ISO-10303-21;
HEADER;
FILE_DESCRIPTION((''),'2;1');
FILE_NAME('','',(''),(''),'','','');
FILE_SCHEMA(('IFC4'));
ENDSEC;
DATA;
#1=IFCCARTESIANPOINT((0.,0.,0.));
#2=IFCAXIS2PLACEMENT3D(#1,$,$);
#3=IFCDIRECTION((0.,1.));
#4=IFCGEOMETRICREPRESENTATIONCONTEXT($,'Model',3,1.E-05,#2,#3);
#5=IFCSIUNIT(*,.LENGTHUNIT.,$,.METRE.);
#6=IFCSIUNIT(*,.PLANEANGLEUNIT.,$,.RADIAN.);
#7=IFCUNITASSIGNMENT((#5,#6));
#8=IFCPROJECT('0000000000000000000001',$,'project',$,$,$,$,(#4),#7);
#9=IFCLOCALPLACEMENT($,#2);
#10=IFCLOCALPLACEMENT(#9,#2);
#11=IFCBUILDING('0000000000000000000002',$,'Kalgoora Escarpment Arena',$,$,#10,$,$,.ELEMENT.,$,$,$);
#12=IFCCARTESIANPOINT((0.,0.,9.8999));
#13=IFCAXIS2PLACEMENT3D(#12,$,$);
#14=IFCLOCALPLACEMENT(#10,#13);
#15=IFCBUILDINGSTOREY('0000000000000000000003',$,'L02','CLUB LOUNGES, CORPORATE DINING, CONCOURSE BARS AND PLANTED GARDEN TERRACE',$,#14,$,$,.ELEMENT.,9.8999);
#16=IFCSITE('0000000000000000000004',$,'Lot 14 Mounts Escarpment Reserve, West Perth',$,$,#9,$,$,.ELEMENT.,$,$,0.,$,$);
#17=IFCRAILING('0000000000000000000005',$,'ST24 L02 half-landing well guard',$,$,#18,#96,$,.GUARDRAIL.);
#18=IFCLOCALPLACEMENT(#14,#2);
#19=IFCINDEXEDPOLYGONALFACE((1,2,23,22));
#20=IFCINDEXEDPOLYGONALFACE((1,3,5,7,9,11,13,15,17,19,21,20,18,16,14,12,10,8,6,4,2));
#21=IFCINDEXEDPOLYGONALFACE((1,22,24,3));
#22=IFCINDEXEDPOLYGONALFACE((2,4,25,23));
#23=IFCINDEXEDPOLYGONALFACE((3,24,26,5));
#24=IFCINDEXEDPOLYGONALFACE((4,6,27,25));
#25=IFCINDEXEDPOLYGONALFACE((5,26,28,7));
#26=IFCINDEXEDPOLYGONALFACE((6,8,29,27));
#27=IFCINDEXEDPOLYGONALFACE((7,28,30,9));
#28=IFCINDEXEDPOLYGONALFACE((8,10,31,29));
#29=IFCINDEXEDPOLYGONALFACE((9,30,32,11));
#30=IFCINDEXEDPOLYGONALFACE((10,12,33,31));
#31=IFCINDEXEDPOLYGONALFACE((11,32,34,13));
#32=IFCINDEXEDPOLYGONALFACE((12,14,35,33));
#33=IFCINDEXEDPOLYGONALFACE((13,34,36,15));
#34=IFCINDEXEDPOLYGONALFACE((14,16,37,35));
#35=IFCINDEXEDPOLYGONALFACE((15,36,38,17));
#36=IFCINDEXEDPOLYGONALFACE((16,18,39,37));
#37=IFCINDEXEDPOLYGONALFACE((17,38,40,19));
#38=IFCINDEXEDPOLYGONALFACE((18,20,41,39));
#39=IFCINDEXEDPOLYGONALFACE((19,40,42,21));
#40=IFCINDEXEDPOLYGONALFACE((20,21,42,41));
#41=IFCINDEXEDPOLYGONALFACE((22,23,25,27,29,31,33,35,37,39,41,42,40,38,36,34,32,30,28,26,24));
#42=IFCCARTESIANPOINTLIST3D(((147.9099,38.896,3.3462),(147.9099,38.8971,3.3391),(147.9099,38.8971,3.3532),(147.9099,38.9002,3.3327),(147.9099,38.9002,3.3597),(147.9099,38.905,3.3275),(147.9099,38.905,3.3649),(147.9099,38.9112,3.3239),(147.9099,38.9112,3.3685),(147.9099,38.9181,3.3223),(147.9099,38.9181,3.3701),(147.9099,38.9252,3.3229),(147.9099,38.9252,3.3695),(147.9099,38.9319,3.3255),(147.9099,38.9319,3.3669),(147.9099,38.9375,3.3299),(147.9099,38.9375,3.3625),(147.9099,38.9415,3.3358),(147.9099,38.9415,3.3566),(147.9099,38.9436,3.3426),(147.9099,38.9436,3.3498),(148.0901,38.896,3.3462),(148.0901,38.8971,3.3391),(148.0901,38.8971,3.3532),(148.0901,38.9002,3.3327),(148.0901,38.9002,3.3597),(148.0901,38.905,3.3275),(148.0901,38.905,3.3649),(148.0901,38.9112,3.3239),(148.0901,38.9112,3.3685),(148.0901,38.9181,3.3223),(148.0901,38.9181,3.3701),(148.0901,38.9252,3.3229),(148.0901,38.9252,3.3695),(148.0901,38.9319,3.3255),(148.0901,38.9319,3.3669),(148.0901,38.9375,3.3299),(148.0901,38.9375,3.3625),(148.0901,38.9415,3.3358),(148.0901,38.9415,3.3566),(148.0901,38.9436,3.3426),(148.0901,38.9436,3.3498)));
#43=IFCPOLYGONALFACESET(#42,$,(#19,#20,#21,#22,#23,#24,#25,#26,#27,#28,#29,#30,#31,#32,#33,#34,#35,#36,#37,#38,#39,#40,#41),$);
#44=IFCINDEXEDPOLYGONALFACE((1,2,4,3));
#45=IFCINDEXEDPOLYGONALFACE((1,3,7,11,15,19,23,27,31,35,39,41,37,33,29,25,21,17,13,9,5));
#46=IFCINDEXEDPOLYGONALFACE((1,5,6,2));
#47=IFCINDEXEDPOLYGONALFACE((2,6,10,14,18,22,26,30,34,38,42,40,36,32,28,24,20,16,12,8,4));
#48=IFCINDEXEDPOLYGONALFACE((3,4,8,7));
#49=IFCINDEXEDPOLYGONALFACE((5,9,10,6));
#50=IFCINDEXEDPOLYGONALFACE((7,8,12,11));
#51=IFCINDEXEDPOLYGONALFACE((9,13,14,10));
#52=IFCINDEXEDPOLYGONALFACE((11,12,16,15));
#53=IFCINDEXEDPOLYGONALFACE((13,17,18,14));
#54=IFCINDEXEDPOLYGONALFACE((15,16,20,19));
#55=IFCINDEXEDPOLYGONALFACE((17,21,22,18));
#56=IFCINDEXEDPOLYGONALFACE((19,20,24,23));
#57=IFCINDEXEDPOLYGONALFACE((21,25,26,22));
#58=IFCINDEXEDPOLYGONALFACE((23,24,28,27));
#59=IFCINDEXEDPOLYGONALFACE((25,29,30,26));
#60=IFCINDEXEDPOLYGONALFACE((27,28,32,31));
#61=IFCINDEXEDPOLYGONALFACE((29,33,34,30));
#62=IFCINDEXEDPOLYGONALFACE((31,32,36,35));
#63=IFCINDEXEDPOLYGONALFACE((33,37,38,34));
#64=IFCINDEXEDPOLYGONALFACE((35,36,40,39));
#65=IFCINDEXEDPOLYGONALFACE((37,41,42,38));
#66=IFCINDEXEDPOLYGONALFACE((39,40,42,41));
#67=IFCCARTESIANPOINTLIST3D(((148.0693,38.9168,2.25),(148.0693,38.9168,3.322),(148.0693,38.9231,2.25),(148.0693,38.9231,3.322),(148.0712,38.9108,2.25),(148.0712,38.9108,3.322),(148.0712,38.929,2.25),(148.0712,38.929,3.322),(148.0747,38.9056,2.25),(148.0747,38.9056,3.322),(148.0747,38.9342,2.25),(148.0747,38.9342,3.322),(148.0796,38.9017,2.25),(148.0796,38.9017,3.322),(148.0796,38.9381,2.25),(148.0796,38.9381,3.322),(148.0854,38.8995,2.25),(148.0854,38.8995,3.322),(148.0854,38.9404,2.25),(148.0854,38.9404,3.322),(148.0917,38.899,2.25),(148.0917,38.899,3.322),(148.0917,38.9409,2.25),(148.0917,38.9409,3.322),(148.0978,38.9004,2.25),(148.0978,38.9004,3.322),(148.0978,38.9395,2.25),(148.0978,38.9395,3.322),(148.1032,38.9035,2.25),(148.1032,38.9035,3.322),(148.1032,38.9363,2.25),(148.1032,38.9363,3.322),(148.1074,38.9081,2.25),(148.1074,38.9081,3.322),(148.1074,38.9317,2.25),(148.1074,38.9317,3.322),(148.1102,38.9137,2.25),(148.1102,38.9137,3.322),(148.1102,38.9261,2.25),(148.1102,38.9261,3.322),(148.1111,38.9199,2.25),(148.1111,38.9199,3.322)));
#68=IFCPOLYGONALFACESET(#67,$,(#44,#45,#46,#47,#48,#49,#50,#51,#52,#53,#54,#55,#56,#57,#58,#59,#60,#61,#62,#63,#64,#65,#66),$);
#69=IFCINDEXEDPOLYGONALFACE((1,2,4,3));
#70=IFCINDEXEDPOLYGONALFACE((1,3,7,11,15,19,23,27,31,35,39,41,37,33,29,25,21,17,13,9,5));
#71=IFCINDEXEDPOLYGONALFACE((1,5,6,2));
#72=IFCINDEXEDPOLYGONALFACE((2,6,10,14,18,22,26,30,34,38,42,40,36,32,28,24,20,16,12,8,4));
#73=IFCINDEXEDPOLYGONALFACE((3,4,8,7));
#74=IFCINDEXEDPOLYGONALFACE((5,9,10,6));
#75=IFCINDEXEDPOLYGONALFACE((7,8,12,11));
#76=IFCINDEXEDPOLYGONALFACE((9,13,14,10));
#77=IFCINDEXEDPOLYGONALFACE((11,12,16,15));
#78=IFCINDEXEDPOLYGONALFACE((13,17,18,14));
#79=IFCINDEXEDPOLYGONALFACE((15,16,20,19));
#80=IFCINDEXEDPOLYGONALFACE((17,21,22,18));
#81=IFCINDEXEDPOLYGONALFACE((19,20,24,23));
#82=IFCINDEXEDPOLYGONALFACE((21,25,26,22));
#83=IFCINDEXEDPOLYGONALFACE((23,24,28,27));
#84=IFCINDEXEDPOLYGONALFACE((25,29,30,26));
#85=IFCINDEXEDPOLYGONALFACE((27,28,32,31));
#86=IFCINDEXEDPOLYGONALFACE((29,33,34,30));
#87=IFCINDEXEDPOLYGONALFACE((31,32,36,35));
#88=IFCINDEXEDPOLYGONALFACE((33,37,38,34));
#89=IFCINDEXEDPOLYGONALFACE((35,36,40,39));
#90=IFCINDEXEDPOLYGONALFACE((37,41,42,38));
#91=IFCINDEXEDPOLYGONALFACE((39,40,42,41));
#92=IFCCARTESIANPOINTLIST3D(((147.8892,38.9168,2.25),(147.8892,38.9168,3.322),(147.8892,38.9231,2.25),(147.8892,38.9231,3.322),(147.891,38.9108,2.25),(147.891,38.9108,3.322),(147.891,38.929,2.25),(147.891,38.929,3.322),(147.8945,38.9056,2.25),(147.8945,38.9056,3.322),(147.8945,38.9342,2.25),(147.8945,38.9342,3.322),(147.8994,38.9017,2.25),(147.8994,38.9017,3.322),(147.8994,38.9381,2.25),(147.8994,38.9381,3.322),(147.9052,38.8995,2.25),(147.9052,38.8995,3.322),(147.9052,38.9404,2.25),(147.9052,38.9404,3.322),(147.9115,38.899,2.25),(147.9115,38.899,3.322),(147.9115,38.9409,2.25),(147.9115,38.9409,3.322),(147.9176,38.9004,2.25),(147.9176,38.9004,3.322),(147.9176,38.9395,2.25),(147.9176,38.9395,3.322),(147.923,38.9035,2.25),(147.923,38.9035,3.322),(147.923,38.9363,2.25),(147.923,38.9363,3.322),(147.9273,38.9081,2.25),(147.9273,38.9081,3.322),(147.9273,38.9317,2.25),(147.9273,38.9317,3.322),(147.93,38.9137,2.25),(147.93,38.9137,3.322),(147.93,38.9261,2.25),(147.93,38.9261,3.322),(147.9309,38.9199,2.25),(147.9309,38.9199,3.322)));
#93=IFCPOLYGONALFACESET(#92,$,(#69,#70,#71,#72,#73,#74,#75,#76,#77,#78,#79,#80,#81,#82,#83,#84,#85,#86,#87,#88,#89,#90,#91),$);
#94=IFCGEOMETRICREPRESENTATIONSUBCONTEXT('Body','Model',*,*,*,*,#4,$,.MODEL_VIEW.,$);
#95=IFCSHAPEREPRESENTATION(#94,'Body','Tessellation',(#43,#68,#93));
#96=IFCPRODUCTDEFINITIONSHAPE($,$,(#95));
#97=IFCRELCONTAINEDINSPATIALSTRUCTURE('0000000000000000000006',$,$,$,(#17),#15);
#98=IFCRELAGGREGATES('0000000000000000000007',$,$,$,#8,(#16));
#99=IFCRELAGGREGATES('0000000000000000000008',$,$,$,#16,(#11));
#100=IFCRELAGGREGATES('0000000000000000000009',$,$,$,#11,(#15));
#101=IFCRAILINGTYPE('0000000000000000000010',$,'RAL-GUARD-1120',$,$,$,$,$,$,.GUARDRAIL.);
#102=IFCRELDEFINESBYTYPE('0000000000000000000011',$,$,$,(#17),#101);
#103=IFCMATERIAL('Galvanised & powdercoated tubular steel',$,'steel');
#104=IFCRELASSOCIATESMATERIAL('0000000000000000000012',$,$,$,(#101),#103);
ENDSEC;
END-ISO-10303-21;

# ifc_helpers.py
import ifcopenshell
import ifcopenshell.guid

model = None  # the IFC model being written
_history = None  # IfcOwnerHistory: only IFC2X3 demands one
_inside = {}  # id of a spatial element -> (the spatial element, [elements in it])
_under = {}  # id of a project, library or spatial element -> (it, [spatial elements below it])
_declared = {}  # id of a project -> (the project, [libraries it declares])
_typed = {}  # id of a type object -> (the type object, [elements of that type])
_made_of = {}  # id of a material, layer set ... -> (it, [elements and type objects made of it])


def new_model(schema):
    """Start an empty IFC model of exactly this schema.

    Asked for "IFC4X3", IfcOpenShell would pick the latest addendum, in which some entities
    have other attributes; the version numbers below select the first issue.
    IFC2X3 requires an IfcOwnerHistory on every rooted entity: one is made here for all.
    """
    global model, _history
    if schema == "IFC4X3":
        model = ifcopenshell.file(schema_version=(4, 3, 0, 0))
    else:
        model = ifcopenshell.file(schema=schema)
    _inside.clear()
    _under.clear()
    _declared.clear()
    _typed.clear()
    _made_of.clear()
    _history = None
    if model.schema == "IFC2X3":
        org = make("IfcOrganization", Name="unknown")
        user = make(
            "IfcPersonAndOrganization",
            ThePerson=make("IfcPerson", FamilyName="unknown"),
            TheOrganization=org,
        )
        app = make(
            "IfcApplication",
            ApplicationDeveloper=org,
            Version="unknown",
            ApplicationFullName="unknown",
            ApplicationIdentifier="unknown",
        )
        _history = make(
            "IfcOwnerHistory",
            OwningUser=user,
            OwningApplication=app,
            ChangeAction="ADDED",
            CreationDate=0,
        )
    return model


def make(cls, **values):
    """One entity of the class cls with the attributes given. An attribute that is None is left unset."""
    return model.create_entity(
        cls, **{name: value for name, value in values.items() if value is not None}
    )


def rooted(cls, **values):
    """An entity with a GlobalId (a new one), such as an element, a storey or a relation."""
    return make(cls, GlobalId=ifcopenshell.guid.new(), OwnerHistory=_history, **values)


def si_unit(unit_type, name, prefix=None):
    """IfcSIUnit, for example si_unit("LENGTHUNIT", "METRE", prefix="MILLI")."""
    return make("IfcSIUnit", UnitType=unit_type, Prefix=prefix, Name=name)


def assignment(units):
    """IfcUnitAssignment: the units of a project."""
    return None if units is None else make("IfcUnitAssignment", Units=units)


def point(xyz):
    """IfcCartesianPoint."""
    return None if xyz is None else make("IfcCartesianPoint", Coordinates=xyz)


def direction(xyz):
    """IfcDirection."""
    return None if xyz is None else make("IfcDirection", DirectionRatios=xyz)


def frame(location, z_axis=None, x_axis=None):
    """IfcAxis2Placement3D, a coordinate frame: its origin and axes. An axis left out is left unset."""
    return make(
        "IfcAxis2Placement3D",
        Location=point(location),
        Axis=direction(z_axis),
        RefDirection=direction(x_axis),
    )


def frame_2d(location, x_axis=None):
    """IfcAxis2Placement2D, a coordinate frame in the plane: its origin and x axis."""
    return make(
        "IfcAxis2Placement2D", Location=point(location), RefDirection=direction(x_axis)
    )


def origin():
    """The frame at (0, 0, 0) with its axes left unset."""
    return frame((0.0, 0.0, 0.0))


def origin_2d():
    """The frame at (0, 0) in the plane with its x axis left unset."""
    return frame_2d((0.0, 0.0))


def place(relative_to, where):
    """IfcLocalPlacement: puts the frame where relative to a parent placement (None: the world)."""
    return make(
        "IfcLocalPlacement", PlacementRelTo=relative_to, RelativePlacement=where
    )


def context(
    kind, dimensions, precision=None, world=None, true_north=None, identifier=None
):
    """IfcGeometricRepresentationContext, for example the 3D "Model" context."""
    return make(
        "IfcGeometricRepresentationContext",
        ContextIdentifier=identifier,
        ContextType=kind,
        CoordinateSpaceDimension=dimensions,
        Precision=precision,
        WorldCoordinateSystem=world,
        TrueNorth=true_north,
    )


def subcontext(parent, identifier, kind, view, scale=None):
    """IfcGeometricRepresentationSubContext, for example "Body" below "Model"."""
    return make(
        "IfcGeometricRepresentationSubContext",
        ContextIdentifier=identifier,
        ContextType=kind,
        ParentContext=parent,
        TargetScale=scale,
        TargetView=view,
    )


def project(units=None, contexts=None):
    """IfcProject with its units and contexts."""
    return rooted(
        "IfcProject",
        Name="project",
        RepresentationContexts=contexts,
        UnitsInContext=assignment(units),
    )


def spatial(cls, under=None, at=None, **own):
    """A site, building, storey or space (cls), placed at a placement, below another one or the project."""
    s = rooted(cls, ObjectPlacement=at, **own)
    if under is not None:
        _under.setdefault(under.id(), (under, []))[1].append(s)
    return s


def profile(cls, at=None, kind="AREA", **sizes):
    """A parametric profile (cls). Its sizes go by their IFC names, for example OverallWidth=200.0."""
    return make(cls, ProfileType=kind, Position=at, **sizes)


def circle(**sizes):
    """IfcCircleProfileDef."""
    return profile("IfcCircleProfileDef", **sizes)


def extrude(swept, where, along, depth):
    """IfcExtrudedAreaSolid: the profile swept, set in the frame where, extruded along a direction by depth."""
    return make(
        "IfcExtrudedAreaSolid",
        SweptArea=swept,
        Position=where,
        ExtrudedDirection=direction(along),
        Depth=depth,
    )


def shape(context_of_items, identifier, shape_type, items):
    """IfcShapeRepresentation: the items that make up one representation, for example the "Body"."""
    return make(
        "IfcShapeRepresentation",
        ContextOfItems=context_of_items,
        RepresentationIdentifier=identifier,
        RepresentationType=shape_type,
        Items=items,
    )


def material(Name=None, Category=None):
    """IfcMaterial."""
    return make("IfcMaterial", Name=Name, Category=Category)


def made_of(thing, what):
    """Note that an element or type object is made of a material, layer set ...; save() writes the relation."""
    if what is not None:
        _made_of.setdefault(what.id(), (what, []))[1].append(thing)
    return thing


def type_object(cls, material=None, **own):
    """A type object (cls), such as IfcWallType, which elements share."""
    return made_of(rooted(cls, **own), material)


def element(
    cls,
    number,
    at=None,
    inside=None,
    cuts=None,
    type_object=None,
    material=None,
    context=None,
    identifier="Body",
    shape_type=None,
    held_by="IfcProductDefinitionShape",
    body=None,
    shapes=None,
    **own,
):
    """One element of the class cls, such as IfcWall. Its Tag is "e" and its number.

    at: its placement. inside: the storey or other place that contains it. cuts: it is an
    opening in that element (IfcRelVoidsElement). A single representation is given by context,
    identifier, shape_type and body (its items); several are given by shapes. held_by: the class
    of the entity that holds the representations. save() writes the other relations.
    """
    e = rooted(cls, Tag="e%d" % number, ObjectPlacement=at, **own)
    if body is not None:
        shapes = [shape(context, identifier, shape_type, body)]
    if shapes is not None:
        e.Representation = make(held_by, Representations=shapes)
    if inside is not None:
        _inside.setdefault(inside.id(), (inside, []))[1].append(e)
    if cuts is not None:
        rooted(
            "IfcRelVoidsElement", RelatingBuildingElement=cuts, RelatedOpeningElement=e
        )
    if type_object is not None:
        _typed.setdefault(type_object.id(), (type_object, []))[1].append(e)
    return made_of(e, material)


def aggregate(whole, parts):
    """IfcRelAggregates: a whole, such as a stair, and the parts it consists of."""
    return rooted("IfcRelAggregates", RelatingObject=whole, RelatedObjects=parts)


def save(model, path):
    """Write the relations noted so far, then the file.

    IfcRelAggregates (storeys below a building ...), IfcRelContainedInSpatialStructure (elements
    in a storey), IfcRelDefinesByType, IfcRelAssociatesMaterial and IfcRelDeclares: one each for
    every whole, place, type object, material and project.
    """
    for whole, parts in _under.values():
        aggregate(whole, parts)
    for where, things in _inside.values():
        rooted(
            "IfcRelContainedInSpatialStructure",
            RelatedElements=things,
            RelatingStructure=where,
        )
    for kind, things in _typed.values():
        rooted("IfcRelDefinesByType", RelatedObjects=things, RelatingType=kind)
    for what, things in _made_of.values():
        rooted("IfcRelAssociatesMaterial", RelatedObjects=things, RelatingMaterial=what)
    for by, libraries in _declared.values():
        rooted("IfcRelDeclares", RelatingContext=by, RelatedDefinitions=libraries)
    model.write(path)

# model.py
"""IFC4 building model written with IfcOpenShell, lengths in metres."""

from ifc_helpers import new_model, si_unit, direction, frame, origin, origin_2d, place, context, subcontext, project, spatial, circle, extrude, material, type_object, element, save


model = new_model("IFC4")

# Units and contexts
model_context = context("Model", 3, precision=1e-05, world=origin(), true_north=direction((0.0, 1.0)))
body_context = subcontext(model_context, "Body", "Model", "MODEL_VIEW")
ifc_project = project(units=[si_unit("LENGTHUNIT", "METRE"), si_unit("PLANEANGLEUNIT", "RADIAN")], contexts=[model_context])

# Site, building, storey
site_placement = place(None, origin())
site = spatial("IfcSite", under=ifc_project, at=site_placement, Name="Lot 14 Mounts Escarpment Reserve, West Perth", CompositionType="ELEMENT", RefElevation=0.0)
building_placement = place(site_placement, origin())
building = spatial("IfcBuilding", under=site, at=building_placement, Name="Kalgoora Escarpment Arena", CompositionType="ELEMENT")
storey_placement = place(building_placement, frame((0.0, 0.0, 9.8999)))
storey = spatial("IfcBuildingStorey", under=building, at=storey_placement, Name="L02", Description="CLUB LOUNGES, CORPORATE DINING, CONCOURSE BARS AND PLANTED GARDEN TERRACE", CompositionType="ELEMENT", Elevation=9.8999)

# Railing
ifc_material_1 = material(Name="Galvanised & powdercoated tubular steel", Category="steel")
railing_type_1 = type_object("IfcRailingType", Name="RAL-GUARD-1120", PredefinedType="GUARDRAIL", material=ifc_material_1)
railing_1_placement = place(storey_placement, frame((148.0901, 38.9199, 2.25)))
element("IfcRailing", 1, at=railing_1_placement, inside=storey, type_object=railing_type_1, Name="ST24 L02 half-landing well guard", PredefinedType="GUARDRAIL", context=body_context, shape_type="SweptSolid", body=[
    extrude(circle(Radius=0.0239, at=origin_2d()), frame((0.0, 0.0, 1.0962), z_axis=(-1.0, 0.0, 0.0), x_axis=(0.0, -1.0, 0.0)), (0.0, 0.0, 1.0), 0.1802),
    extrude(circle(Radius=0.021, at=origin_2d()), origin(), (0.0, 0.0, 1.0), 1.072),
    extrude(circle(Radius=0.021, at=origin_2d()), frame((-0.1802, 0.0, 0.0)), (0.0, 0.0, 1.0), 1.072),
])

save(model, "model.ifc")
